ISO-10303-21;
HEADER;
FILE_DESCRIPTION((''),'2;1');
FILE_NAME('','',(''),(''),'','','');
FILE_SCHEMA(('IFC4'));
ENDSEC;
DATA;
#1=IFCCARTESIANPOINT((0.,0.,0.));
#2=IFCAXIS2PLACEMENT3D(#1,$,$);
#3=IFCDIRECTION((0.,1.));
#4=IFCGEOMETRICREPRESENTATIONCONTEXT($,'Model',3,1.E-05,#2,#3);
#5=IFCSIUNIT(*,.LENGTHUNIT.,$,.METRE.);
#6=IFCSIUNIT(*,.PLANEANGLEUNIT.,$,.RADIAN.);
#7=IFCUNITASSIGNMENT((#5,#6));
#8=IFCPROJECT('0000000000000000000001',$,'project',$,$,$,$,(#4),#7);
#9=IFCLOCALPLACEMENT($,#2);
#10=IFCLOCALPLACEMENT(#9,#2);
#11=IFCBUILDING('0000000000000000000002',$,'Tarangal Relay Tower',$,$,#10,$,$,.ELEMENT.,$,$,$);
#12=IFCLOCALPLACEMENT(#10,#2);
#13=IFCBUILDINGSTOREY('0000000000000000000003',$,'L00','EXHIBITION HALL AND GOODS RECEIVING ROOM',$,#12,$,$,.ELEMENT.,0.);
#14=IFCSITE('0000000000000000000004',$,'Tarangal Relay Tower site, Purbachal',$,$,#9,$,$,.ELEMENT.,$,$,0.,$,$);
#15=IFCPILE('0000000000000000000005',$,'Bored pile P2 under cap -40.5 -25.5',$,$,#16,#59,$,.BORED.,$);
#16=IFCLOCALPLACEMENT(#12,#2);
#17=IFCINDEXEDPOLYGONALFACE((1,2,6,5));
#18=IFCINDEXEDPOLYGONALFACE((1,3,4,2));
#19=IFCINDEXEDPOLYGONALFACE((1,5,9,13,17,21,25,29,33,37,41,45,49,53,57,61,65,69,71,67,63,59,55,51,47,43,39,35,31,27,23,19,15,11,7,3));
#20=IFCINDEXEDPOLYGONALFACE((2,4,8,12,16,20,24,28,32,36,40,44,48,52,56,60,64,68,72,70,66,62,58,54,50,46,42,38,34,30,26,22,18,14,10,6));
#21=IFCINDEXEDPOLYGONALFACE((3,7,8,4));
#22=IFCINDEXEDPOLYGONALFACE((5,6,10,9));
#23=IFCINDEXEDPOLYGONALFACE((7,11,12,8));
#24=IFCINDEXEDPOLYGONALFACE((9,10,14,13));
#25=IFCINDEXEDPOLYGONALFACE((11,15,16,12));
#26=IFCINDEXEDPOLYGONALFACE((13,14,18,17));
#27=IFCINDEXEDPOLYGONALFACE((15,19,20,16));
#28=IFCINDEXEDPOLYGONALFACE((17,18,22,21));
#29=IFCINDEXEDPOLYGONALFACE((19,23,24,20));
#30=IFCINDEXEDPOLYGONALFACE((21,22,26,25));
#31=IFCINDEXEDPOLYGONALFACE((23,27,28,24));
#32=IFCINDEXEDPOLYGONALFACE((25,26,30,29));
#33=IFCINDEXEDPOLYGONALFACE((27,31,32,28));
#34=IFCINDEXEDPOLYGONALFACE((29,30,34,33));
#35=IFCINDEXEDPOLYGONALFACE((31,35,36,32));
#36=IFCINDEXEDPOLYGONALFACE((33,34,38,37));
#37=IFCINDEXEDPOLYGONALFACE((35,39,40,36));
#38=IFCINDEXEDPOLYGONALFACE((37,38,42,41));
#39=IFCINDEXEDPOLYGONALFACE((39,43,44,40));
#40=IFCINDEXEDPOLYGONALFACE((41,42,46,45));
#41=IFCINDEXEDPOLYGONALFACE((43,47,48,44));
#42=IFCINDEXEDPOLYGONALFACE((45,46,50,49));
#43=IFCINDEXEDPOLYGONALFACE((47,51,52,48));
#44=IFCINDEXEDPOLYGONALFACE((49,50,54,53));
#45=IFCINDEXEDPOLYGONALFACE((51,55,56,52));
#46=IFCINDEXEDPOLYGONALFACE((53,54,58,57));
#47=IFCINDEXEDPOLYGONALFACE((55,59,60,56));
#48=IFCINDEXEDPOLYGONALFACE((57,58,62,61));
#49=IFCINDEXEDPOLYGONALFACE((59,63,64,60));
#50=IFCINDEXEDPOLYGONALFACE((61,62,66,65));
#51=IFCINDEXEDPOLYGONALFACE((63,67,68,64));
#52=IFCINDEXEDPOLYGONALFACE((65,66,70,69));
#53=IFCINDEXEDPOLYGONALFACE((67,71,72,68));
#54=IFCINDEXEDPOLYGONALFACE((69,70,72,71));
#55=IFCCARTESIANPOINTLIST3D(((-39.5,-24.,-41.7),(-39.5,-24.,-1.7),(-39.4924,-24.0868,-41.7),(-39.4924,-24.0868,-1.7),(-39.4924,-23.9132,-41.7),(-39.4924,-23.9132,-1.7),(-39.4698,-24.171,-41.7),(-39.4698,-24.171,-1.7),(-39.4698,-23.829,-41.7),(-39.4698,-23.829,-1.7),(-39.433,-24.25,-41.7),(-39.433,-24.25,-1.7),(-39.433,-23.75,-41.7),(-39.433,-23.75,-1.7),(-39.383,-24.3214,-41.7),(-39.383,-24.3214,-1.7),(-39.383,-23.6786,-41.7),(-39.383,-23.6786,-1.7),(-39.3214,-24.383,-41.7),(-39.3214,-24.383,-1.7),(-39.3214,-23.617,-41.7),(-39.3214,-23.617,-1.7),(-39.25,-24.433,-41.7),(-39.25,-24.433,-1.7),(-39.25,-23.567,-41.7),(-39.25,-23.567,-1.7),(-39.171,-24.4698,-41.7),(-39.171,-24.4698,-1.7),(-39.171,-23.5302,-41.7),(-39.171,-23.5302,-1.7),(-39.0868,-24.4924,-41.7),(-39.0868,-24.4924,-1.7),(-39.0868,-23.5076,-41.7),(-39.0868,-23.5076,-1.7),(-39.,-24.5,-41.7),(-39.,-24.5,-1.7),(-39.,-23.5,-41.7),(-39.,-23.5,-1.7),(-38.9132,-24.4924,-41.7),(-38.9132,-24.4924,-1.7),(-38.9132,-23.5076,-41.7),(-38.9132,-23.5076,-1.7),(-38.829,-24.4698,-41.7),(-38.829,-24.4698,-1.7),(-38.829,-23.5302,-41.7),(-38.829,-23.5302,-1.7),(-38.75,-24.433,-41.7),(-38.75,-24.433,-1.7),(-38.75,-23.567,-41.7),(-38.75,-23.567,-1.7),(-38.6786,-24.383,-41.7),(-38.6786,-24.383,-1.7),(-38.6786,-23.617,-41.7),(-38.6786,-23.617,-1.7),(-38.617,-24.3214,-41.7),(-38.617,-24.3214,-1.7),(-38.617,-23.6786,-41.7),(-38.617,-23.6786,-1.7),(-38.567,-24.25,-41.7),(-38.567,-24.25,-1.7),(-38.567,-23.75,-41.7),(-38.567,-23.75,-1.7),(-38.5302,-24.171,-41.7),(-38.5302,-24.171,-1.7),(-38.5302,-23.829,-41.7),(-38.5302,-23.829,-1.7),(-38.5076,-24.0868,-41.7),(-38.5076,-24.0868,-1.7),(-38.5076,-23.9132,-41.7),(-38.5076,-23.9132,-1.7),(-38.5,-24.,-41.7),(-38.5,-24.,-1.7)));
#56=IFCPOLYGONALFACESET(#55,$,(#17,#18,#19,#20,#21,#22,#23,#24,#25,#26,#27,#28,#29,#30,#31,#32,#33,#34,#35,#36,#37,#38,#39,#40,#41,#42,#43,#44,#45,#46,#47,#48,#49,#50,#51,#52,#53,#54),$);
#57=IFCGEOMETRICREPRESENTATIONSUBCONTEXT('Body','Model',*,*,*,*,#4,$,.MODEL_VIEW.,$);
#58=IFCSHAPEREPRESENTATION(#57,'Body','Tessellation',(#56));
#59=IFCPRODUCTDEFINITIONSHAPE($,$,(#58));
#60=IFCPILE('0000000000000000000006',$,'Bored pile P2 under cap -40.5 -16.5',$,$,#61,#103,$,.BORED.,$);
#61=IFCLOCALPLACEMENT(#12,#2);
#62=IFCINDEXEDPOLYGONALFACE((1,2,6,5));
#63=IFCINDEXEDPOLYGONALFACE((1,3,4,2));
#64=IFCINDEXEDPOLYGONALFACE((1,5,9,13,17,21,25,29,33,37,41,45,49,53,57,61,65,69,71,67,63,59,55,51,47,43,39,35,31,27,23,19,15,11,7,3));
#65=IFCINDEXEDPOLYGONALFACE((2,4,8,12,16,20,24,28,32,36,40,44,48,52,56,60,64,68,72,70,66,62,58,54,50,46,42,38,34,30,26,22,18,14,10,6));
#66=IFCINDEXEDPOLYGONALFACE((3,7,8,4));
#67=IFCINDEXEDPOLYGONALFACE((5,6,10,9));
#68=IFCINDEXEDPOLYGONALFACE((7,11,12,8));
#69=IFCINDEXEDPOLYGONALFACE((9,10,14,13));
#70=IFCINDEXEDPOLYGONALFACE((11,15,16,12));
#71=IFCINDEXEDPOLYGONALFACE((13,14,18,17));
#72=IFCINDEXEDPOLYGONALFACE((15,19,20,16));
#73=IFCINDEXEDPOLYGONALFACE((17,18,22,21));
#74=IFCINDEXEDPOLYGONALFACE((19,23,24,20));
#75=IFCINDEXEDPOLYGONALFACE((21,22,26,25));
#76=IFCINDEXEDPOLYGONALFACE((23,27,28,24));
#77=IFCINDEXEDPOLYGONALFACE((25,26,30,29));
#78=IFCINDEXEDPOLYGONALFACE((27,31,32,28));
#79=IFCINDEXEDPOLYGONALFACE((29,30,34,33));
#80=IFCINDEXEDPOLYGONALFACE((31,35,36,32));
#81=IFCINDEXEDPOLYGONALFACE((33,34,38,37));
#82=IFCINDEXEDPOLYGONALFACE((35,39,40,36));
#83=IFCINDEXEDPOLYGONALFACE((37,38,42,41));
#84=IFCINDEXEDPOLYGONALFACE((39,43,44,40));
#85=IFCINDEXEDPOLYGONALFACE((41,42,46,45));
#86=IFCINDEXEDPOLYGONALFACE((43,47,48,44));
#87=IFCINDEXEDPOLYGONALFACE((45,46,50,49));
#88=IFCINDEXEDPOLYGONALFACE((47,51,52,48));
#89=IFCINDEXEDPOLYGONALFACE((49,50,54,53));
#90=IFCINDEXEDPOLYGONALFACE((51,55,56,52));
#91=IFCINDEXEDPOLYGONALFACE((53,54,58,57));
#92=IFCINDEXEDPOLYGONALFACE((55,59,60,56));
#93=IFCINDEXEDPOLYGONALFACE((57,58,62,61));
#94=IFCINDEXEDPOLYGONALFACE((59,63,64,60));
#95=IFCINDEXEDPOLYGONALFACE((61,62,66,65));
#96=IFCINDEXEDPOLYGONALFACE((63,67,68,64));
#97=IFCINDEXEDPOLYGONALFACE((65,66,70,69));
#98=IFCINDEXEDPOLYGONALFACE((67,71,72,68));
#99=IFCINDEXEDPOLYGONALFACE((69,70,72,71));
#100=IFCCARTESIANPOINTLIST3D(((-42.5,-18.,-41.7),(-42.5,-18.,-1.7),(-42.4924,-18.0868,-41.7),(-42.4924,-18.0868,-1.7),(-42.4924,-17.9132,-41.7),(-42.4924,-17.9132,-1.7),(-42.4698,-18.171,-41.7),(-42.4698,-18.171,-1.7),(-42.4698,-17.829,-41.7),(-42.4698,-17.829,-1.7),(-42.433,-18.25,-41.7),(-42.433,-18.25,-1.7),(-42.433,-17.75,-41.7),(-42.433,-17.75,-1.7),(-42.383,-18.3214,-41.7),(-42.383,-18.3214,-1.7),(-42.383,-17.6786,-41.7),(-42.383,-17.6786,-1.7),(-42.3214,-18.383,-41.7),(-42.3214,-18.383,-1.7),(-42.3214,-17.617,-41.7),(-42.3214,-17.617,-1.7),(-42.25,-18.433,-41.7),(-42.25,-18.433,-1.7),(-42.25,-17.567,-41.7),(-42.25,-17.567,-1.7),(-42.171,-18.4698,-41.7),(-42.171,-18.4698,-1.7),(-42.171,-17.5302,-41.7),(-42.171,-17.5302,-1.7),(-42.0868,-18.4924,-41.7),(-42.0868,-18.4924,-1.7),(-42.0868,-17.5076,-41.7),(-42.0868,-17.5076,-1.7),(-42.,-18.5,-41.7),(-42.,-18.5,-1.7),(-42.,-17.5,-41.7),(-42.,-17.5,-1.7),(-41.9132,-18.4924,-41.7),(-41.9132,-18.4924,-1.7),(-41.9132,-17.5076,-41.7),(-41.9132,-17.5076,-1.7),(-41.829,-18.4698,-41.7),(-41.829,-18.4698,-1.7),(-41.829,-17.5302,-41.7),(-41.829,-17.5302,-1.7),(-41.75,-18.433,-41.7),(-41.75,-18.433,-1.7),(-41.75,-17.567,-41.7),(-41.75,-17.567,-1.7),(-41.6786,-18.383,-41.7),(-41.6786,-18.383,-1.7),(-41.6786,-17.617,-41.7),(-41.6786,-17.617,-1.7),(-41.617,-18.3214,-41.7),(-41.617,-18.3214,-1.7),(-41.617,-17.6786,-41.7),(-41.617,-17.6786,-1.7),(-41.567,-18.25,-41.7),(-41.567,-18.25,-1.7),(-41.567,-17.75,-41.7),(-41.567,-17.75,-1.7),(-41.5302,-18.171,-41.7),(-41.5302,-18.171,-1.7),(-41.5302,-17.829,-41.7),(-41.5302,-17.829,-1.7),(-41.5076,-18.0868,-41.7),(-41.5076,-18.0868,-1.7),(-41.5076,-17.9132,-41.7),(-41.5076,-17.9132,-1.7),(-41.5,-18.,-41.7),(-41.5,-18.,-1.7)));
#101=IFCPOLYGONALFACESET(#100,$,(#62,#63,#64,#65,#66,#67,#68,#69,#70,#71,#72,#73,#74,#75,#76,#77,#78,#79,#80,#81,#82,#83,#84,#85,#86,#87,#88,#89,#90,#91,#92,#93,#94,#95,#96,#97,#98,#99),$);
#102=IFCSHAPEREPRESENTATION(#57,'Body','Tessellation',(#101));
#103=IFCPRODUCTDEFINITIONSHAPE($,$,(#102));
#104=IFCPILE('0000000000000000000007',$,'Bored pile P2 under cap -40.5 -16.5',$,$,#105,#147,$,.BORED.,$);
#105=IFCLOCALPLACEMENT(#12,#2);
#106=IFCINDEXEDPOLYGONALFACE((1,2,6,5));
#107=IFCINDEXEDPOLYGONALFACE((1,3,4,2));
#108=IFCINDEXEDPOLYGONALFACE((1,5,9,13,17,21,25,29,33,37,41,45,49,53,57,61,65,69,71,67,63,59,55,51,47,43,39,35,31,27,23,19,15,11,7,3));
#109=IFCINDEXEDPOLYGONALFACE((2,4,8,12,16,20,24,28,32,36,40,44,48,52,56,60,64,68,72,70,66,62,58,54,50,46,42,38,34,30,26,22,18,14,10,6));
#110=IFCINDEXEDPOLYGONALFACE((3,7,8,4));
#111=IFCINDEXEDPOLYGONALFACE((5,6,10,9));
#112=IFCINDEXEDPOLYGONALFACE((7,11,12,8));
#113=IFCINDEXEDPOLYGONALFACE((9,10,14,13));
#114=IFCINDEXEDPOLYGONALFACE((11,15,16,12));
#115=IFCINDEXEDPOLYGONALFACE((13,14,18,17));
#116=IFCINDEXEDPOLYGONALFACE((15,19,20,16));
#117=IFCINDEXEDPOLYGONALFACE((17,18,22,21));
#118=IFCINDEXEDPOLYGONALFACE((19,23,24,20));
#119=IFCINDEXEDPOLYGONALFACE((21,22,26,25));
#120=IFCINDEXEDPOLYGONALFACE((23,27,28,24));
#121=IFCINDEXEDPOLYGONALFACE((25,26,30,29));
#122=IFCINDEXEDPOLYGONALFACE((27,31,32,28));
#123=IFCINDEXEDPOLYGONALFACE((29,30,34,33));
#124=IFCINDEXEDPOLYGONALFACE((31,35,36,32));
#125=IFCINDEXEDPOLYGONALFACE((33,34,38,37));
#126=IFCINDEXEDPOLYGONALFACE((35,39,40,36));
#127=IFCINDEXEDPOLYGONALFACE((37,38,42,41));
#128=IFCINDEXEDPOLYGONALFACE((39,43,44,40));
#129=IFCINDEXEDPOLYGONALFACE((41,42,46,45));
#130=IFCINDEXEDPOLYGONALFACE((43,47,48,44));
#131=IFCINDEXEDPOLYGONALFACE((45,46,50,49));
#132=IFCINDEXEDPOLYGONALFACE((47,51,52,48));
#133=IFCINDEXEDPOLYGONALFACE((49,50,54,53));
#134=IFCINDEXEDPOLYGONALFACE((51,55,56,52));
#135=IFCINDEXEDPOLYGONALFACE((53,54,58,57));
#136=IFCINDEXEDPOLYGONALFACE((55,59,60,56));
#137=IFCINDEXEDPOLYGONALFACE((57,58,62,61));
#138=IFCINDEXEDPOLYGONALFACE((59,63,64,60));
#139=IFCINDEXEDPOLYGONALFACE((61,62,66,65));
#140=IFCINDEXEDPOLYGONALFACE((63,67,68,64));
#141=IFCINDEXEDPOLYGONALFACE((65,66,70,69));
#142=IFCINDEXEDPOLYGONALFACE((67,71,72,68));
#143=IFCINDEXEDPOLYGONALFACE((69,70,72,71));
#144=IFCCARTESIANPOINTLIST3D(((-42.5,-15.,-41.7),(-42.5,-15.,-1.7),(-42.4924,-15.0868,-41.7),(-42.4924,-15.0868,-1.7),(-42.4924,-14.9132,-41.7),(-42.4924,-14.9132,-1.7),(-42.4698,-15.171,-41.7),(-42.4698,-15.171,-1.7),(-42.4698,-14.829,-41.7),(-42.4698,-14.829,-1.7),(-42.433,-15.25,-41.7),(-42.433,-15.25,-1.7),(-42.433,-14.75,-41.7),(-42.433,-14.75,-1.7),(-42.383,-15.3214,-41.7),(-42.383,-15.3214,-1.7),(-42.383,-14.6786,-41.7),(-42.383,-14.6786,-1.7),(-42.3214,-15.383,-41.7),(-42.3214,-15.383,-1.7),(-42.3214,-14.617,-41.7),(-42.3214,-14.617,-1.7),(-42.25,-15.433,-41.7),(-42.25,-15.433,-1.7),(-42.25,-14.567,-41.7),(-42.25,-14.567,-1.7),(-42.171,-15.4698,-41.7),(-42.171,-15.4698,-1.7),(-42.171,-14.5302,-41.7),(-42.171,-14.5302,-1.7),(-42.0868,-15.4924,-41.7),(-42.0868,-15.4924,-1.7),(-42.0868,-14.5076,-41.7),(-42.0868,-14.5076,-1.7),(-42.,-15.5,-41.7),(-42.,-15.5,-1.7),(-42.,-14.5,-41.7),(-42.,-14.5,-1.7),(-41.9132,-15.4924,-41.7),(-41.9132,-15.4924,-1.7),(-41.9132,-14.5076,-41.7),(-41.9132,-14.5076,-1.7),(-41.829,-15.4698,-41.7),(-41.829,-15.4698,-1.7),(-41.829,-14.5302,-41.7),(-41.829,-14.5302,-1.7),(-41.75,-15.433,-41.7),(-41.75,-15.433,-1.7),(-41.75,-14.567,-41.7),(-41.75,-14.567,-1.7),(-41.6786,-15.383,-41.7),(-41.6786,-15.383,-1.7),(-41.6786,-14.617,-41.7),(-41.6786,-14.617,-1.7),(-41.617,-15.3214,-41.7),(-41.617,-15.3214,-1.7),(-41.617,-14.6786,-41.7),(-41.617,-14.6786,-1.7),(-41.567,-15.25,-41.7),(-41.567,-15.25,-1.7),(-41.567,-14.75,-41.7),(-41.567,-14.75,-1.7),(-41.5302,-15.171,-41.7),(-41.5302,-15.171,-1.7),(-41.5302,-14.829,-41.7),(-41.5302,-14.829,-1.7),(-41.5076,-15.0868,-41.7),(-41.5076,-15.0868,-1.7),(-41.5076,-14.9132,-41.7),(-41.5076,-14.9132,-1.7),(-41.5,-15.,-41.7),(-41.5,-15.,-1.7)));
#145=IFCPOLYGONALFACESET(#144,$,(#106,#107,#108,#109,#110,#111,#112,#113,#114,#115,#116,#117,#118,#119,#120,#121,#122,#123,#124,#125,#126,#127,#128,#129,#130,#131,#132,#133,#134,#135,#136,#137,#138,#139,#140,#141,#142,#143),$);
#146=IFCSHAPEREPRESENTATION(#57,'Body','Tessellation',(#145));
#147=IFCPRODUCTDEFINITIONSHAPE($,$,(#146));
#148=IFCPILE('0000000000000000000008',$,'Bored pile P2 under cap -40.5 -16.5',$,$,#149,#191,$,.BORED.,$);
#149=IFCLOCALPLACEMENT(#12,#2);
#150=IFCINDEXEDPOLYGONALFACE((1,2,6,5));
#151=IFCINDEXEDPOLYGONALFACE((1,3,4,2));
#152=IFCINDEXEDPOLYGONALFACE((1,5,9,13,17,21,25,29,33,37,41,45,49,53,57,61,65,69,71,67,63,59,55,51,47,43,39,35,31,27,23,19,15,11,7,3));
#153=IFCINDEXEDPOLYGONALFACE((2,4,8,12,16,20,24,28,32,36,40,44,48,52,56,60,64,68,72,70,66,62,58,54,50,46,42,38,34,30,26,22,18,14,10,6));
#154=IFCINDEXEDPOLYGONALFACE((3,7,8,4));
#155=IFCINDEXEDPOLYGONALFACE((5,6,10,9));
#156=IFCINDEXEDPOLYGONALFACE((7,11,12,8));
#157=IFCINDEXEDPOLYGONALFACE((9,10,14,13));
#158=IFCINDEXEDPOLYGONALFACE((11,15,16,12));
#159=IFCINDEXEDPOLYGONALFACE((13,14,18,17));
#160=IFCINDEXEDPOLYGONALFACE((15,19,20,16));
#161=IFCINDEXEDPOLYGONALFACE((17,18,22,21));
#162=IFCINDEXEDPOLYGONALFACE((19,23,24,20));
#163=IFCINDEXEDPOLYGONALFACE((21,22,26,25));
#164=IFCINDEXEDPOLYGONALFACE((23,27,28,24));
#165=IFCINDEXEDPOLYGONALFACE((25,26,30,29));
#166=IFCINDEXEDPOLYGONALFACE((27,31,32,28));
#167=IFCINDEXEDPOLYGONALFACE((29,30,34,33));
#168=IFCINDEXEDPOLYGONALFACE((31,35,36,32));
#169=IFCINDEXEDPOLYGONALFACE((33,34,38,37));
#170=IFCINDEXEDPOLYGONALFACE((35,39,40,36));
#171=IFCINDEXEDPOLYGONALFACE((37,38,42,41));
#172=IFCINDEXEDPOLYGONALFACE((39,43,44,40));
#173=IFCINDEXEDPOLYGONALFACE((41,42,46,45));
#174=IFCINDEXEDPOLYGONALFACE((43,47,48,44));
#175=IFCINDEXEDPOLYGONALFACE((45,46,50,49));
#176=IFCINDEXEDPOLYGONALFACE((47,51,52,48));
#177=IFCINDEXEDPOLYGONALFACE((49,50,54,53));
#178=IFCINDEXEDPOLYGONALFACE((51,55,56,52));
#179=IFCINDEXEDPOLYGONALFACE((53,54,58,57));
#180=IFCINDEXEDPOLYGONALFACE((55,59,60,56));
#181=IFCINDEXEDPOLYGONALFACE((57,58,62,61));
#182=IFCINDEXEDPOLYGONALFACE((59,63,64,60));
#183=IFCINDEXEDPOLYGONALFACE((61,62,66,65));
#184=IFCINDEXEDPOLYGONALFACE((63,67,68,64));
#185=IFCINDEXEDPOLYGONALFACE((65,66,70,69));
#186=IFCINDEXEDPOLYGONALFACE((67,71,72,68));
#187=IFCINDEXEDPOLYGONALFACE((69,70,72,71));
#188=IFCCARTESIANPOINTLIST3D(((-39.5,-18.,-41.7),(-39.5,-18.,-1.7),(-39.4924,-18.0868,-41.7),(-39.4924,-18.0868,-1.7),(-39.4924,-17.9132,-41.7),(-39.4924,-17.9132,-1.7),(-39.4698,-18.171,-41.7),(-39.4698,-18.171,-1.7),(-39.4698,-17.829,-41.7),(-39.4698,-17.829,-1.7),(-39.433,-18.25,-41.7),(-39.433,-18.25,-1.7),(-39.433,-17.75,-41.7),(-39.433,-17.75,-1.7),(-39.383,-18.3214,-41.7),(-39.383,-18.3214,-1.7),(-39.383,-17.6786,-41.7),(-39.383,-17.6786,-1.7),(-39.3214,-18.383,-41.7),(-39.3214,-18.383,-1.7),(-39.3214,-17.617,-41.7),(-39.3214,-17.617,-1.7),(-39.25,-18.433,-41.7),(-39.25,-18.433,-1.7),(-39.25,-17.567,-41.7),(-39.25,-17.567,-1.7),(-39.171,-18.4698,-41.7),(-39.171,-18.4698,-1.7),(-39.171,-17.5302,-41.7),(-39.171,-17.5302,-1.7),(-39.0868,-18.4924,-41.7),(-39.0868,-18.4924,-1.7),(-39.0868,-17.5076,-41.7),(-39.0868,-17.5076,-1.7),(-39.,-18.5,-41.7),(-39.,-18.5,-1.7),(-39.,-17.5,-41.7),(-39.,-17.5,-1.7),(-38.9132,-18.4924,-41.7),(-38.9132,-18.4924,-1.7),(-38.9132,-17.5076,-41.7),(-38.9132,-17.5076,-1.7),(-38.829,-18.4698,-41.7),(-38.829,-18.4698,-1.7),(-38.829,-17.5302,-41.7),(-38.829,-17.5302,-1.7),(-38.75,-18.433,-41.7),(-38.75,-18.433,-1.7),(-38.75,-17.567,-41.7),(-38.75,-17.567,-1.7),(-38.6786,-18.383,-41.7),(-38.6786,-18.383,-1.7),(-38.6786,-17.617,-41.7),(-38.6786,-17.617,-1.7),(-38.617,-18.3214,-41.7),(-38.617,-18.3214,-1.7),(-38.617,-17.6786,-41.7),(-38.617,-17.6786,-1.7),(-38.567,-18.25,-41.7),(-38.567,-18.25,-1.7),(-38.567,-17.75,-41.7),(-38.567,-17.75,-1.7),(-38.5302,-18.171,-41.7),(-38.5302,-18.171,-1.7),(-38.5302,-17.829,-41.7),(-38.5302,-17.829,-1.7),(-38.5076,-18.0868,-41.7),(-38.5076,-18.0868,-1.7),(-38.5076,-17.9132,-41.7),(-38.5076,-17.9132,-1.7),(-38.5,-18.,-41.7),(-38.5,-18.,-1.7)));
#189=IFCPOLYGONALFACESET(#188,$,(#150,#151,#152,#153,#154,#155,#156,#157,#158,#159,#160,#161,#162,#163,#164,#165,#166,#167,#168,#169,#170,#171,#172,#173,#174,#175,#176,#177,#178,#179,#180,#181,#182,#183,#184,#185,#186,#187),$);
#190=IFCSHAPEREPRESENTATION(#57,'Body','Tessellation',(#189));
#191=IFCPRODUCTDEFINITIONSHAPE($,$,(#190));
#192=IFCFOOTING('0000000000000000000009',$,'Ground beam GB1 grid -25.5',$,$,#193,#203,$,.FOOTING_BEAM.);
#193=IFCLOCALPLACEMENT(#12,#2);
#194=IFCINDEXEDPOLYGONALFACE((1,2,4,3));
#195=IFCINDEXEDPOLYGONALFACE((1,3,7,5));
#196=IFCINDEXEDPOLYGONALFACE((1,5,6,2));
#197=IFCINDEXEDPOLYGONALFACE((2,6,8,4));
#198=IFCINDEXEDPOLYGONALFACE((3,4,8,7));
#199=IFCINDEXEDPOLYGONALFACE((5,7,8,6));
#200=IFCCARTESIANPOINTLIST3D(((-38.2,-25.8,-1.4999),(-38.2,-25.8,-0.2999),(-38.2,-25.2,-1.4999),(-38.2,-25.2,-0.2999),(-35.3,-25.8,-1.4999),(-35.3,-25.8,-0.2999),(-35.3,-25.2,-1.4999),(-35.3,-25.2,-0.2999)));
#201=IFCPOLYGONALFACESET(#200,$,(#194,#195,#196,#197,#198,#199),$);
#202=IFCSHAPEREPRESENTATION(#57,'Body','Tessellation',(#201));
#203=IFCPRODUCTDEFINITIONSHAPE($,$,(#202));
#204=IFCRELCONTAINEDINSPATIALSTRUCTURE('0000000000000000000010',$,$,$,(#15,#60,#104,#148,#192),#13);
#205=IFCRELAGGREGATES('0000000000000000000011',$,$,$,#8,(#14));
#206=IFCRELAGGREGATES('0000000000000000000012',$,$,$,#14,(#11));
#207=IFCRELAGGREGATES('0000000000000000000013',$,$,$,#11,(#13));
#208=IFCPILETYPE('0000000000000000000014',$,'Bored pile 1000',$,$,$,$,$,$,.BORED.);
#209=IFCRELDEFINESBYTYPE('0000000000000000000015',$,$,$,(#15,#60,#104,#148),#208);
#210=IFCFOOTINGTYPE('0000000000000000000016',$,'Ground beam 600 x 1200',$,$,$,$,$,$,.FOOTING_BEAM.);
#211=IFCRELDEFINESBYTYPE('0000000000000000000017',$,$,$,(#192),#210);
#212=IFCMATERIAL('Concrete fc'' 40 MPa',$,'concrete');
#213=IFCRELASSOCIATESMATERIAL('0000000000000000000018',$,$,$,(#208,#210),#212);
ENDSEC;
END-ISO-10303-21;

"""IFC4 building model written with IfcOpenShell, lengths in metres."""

from ifc_helpers import new_model, si_unit, direction, frame, origin, origin_2d, place, context, subcontext, project, spatial, rectangle, circle, extrude, material, material_profile, profile_set, type_object, element, save


model = new_model("IFC4")

# Units and contexts
model_context = context("Model", 3, precision=1e-05, world=origin(), true_north=direction((0.0, 1.0)))
body_context = subcontext(model_context, "Body", "Model", "MODEL_VIEW")
ifc_project = project(units=[si_unit("LENGTHUNIT", "METRE"), si_unit("PLANEANGLEUNIT", "RADIAN")], contexts=[model_context])

# Site, building, storey
site_placement = place(None, origin())
site = spatial("IfcSite", under=ifc_project, at=site_placement, Name="Tarangal Relay Tower site, Purbachal", CompositionType="ELEMENT", RefElevation=0.0)
building_placement = place(site_placement, origin())
building = spatial("IfcBuilding", under=site, at=building_placement, Name="Tarangal Relay Tower", CompositionType="ELEMENT")
storey_placement = place(building_placement, origin())
storey = spatial("IfcBuildingStorey", under=building, at=storey_placement, Name="L00", Description="EXHIBITION HALL AND GOODS RECEIVING ROOM", CompositionType="ELEMENT", Elevation=0.0)

# Piles
ifc_material_1 = material(Name="Concrete fc' 40 MPa", Category="concrete")
ifc_material_profile_1 = material_profile(ifc_material_1, circle(Radius=0.5, at=origin_2d()), Name="D1000")
ifc_profile_set_1 = profile_set([ifc_material_profile_1], Name="Concrete fc' 40 MPa")
pile_type = type_object("IfcPileType", Name="Bored pile 1000", PredefinedType="BORED", material=ifc_profile_set_1)
for number, where, z_axis, x_axis, name in (
    (1, (-39.0, -24.0, -1.7), (0.0, 0.0, -1.0), (1.0, 0.0, 0.0), "Bored pile P2 under cap -40.5 -25.5"),
    (2, (-42.0, -18.0, -1.7), (0.0, 0.0, -1.0), (1.0, 0.0, 0.0), "Bored pile P2 under cap -40.5 -16.5"),
    (3, (-42.0, -15.0, -1.7), (0.0, 0.0, -1.0), (1.0, 0.0, 0.0), "Bored pile P2 under cap -40.5 -16.5"),
    (4, (-39.0, -18.0, -1.7), (0.0, 0.0, -1.0), (1.0, 0.0, 0.0), "Bored pile P2 under cap -40.5 -16.5"),
):
    element("IfcPile", number, at=place(storey_placement, frame(where, z_axis=z_axis, x_axis=x_axis)), inside=storey, type_object=pile_type, Name=name, PredefinedType="BORED", context=body_context, shape_type="SweptSolid", body=[
        extrude(circle(Radius=0.5, at=origin_2d()), origin(), (0.0, 0.0, 1.0), 40.0),
    ])

# Footing
ifc_material_profile_2 = material_profile(ifc_material_1, rectangle(XDim=0.6001, YDim=1.2, at=origin_2d()), Name="GB 600X1200")
ifc_profile_set_2 = profile_set([ifc_material_profile_2], Name="Concrete fc' 40 MPa")
footing_type_1 = type_object("IfcFootingType", Name="Ground beam 600 x 1200", PredefinedType="FOOTING_BEAM", material=ifc_profile_set_2)
for number, where, z_axis, x_axis, name in (
    (5, (-35.3, -25.5, -0.8999), (-1.0, 0.0, 0.0), (0.0, -1.0, 0.0), "Ground beam GB1 grid -25.5"),
):
    element("IfcFooting", number, at=place(storey_placement, frame(where, z_axis=z_axis, x_axis=x_axis)), inside=storey, type_object=footing_type_1, Name=name, PredefinedType="FOOTING_BEAM", context=body_context, shape_type="SweptSolid", body=[
        extrude(rectangle(XDim=0.6001, YDim=1.2, at=origin_2d()), origin(), (0.0, 0.0, 1.0), 2.8999),
    ])

save(model, "model.ifc")
